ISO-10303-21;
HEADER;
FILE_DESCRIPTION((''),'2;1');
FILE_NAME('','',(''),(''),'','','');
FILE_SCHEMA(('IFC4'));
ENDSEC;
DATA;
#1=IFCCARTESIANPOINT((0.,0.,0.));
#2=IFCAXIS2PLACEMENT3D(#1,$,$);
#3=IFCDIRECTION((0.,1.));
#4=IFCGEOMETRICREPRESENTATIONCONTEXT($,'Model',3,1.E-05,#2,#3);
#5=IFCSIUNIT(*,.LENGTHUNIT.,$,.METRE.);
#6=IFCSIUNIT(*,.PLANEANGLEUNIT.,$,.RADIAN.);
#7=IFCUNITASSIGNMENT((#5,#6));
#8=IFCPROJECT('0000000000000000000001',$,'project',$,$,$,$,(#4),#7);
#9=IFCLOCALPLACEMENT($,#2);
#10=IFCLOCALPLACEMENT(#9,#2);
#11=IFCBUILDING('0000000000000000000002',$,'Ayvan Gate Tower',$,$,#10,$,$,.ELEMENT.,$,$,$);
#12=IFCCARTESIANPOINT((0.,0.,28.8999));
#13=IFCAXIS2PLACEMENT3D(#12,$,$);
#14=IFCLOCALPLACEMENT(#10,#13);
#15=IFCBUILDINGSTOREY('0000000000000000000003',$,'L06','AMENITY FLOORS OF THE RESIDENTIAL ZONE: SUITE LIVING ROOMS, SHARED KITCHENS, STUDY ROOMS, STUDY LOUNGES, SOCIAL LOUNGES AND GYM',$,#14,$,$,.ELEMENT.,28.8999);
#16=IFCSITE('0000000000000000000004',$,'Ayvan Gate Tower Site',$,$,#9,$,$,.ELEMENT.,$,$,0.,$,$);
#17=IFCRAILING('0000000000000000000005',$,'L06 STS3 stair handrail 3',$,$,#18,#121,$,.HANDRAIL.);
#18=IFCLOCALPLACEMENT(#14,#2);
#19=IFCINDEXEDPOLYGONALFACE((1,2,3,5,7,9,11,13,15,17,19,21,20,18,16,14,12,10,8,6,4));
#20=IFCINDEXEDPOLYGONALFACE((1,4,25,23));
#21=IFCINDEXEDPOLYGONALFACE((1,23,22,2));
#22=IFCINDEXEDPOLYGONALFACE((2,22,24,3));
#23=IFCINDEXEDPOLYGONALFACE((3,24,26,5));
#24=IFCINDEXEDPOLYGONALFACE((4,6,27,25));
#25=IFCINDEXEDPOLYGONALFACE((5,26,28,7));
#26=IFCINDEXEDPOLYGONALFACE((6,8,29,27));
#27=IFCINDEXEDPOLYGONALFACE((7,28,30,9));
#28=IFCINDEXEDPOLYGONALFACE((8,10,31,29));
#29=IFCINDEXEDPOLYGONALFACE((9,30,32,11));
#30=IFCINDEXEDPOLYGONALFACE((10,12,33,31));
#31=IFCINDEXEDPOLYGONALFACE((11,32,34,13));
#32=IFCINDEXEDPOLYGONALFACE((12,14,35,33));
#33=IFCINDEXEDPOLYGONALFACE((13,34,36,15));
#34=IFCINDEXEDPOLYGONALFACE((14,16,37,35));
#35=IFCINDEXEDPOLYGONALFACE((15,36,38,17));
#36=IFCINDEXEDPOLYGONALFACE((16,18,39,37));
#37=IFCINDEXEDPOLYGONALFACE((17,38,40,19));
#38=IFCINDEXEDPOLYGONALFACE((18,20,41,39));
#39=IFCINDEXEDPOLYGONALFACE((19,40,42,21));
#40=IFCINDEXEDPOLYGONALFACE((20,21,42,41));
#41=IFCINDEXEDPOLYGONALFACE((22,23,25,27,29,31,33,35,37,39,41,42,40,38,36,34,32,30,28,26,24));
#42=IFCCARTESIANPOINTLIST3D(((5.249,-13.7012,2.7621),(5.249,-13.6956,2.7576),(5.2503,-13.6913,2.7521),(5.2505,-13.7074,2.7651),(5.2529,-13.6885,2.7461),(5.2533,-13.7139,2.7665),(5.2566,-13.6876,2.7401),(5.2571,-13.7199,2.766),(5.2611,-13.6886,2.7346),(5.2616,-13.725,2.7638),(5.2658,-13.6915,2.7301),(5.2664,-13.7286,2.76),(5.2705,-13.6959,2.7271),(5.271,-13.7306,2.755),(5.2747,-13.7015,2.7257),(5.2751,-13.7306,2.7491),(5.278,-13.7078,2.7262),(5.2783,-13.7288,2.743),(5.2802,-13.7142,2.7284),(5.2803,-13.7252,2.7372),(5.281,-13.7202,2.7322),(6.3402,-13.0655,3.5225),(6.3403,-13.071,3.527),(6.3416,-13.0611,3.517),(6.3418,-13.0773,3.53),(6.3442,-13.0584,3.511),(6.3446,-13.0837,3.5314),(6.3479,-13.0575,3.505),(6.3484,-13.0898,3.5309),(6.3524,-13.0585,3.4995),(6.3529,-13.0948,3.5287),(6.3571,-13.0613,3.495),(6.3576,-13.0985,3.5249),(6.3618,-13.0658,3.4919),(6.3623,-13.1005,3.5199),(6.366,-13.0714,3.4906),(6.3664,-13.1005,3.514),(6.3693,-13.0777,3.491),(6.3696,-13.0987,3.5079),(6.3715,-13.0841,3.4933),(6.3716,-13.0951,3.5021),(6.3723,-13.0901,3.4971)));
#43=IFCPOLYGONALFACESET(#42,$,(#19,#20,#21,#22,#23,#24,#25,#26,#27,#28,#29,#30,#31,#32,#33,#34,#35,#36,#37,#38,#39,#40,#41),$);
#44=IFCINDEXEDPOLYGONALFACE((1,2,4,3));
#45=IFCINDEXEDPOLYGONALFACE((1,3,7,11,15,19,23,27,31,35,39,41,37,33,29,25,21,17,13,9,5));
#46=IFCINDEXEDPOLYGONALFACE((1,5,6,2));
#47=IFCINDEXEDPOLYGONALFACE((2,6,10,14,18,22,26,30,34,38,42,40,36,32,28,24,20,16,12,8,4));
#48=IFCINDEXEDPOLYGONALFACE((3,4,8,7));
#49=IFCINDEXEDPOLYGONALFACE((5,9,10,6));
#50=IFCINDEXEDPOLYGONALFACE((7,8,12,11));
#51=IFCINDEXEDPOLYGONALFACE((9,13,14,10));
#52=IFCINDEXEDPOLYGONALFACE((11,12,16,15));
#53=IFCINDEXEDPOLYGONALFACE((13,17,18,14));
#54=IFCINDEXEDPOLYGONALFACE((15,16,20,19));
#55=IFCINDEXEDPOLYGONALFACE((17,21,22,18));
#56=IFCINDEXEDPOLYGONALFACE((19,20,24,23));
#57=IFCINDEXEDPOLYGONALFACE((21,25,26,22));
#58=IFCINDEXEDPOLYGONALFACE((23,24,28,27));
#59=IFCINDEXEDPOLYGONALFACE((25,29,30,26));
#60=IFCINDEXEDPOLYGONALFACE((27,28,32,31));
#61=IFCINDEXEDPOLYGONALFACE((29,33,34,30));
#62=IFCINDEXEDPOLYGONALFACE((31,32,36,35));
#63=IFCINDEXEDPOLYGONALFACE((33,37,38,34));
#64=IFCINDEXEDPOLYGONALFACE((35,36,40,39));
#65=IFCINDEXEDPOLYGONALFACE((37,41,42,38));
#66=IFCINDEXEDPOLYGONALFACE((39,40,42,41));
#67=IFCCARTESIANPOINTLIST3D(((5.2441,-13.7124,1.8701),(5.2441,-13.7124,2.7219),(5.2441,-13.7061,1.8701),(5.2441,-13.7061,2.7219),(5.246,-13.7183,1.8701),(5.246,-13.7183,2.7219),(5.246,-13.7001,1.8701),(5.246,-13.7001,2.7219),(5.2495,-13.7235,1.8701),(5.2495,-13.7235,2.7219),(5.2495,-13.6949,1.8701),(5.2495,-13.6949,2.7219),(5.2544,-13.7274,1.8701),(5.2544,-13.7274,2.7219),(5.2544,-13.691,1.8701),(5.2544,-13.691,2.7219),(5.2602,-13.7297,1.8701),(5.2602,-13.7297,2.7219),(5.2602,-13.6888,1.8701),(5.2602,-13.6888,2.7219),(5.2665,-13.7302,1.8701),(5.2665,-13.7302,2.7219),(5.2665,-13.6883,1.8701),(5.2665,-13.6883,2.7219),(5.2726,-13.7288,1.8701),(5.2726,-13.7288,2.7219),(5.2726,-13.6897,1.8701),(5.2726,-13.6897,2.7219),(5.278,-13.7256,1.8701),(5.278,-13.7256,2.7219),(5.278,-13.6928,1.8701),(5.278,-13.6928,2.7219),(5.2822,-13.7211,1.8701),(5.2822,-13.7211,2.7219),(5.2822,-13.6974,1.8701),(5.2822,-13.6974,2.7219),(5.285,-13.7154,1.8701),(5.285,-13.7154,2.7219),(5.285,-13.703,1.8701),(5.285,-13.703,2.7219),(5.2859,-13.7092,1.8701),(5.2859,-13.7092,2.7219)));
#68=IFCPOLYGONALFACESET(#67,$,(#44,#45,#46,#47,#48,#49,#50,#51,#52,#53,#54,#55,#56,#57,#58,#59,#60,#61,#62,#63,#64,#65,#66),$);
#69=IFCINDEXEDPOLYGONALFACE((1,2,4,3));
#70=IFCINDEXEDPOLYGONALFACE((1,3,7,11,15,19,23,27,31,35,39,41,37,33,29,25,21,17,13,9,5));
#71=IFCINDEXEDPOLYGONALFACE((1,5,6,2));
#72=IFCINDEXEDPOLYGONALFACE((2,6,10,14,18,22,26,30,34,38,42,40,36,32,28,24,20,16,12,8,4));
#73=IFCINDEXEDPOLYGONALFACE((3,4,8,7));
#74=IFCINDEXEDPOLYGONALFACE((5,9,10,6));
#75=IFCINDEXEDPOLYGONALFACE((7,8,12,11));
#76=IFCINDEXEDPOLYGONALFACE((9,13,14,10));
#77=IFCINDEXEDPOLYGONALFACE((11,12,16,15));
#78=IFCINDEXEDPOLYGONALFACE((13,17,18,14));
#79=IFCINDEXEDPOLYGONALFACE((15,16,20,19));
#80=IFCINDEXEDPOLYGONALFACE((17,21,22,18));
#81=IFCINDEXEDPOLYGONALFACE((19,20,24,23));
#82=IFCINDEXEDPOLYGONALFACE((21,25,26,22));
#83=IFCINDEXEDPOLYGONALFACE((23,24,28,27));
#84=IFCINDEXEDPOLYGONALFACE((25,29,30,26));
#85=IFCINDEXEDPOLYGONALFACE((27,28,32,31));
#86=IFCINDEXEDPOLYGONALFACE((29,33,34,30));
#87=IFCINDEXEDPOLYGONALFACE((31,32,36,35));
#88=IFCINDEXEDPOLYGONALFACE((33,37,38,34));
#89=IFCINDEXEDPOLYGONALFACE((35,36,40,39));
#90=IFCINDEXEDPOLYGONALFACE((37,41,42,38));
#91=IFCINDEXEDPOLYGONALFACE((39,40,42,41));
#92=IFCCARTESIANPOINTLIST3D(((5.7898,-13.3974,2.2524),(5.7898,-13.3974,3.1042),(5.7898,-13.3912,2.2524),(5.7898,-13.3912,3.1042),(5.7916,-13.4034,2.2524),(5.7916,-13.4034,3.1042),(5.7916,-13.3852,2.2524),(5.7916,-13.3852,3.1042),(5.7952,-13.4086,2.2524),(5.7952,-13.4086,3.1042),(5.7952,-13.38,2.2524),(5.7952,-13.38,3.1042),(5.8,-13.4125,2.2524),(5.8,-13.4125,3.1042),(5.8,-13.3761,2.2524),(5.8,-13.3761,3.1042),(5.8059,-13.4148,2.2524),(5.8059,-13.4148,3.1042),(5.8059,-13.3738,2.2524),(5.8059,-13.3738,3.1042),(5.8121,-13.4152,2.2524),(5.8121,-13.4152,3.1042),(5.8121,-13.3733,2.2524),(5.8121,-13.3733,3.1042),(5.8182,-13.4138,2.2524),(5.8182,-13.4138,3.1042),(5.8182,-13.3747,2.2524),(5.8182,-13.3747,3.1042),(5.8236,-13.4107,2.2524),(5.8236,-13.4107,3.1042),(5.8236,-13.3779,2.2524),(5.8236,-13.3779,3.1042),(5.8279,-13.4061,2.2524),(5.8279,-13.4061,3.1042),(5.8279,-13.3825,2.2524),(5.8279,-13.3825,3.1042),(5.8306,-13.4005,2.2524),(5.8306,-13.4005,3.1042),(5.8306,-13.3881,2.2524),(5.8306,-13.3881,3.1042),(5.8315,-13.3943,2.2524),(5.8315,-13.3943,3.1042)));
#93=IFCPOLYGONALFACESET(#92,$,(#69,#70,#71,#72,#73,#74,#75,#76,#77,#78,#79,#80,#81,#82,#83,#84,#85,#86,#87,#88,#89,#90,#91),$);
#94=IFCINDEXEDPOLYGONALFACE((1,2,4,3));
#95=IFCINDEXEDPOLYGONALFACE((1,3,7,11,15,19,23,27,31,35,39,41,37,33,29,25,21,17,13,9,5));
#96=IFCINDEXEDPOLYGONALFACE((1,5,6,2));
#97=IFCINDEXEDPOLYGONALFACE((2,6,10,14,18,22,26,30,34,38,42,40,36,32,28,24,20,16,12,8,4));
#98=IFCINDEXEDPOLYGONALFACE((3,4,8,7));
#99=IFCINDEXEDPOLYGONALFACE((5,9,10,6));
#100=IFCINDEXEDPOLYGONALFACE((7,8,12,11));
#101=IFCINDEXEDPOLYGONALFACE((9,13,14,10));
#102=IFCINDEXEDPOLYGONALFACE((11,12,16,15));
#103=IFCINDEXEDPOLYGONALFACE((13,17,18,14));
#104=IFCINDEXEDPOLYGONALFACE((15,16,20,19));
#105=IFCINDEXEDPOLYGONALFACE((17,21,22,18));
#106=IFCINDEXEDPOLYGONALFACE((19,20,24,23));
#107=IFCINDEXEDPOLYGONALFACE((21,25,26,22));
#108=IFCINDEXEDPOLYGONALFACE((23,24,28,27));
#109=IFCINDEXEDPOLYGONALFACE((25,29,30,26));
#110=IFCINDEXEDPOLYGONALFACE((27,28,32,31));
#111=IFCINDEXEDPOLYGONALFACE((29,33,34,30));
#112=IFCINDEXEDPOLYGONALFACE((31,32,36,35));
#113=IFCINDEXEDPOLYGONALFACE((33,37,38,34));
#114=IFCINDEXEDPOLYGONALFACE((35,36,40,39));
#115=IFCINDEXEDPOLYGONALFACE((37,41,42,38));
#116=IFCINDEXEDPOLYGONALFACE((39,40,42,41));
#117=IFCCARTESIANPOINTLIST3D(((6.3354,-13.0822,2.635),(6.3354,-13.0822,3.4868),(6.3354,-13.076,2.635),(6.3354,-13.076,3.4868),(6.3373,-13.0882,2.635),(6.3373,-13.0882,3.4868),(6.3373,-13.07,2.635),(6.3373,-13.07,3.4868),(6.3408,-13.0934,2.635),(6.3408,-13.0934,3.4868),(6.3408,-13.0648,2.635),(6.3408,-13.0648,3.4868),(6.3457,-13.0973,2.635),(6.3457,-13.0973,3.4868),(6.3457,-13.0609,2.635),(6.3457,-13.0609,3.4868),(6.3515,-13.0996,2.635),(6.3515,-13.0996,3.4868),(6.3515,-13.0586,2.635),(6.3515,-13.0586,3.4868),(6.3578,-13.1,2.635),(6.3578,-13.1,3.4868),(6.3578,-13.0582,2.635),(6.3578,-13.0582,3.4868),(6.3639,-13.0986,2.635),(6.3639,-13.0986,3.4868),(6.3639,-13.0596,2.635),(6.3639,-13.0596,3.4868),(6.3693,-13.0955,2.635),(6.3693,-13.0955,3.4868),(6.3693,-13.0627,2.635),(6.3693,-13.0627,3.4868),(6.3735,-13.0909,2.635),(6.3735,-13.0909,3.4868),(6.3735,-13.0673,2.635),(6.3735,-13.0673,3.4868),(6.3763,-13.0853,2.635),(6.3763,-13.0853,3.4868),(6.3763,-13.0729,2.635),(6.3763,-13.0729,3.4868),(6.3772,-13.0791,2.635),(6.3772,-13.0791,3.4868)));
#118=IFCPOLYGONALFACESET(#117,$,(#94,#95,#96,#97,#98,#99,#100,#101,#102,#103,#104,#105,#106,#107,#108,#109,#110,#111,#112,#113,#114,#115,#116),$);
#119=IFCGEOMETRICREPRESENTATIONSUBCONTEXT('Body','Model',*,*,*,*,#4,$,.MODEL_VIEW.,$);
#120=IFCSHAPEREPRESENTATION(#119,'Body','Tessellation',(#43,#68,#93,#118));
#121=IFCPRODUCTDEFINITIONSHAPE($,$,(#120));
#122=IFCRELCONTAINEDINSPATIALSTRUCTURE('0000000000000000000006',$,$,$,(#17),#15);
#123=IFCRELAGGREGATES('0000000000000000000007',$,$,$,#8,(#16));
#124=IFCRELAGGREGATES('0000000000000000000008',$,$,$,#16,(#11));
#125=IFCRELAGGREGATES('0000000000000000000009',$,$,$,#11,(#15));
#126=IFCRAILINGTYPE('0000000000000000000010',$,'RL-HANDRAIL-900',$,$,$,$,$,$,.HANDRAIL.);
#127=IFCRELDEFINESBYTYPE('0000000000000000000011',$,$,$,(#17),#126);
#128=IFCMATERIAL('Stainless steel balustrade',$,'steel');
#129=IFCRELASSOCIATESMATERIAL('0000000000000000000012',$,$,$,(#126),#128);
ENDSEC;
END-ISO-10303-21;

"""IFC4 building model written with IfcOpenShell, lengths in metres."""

from ifc_helpers import new_model, si_unit, direction, frame, origin, origin_2d, place, context, subcontext, project, spatial, circle, extrude, material, type_object, element, save


model = new_model("IFC4")

# Units and contexts
model_context = context("Model", 3, precision=1e-05, world=origin(), true_north=direction((0.0, 1.0)))
body_context = subcontext(model_context, "Body", "Model", "MODEL_VIEW")
ifc_project = project(units=[si_unit("LENGTHUNIT", "METRE"), si_unit("PLANEANGLEUNIT", "RADIAN")], contexts=[model_context])

# Site, building, storey
site_placement = place(None, origin())
site = spatial("IfcSite", under=ifc_project, at=site_placement, Name="Ayvan Gate Tower Site", CompositionType="ELEMENT", RefElevation=0.0)
building_placement = place(site_placement, origin())
building = spatial("IfcBuilding", under=site, at=building_placement, Name="Ayvan Gate Tower", CompositionType="ELEMENT")
storey_placement = place(building_placement, frame((0.0, 0.0, 28.8999)))
storey = spatial("IfcBuildingStorey", under=building, at=storey_placement, Name="L06", Description="AMENITY FLOORS OF THE RESIDENTIAL ZONE: SUITE LIVING ROOMS, SHARED KITCHENS, STUDY ROOMS, STUDY LOUNGES, SOCIAL LOUNGES AND GYM", CompositionType="ELEMENT", Elevation=28.8999)

# Railing
ifc_material_1 = material(Name="Stainless steel balustrade", Category="steel")
railing_type_1 = type_object("IfcRailingType", Name="RL-HANDRAIL-900", PredefinedType="HANDRAIL", material=ifc_material_1)
railing_1_placement = place(storey_placement, frame((5.2649, -13.7092, 1.8701)))
element("IfcRailing", 1, at=railing_1_placement, inside=storey, type_object=railing_type_1, Name="L06 STS3 stair handrail 3", PredefinedType="HANDRAIL", context=body_context, shape_type="SweptSolid", body=[
    extrude(circle(Radius=0.0239, at=origin_2d()), frame((0.0, 0.0, 0.876), z_axis=(0.740304, 0.427455, 0.518875), x_axis=(-0.500035, 0.866005, 0.0)), (0.0, 0.0, 1.0), 1.4741),
    extrude(circle(Radius=0.021, at=origin_2d()), origin(), (0.0, 0.0, 1.0), 0.8518),
    extrude(circle(Radius=0.021, at=origin_2d()), frame((0.5457, 0.3149, 0.3823)), (0.0, 0.0, 1.0), 0.8518),
    extrude(circle(Radius=0.021, at=origin_2d()), frame((1.0913, 0.6301, 0.7649)), (0.0, 0.0, 1.0), 0.8518),
])

save(model, "model.ifc")
